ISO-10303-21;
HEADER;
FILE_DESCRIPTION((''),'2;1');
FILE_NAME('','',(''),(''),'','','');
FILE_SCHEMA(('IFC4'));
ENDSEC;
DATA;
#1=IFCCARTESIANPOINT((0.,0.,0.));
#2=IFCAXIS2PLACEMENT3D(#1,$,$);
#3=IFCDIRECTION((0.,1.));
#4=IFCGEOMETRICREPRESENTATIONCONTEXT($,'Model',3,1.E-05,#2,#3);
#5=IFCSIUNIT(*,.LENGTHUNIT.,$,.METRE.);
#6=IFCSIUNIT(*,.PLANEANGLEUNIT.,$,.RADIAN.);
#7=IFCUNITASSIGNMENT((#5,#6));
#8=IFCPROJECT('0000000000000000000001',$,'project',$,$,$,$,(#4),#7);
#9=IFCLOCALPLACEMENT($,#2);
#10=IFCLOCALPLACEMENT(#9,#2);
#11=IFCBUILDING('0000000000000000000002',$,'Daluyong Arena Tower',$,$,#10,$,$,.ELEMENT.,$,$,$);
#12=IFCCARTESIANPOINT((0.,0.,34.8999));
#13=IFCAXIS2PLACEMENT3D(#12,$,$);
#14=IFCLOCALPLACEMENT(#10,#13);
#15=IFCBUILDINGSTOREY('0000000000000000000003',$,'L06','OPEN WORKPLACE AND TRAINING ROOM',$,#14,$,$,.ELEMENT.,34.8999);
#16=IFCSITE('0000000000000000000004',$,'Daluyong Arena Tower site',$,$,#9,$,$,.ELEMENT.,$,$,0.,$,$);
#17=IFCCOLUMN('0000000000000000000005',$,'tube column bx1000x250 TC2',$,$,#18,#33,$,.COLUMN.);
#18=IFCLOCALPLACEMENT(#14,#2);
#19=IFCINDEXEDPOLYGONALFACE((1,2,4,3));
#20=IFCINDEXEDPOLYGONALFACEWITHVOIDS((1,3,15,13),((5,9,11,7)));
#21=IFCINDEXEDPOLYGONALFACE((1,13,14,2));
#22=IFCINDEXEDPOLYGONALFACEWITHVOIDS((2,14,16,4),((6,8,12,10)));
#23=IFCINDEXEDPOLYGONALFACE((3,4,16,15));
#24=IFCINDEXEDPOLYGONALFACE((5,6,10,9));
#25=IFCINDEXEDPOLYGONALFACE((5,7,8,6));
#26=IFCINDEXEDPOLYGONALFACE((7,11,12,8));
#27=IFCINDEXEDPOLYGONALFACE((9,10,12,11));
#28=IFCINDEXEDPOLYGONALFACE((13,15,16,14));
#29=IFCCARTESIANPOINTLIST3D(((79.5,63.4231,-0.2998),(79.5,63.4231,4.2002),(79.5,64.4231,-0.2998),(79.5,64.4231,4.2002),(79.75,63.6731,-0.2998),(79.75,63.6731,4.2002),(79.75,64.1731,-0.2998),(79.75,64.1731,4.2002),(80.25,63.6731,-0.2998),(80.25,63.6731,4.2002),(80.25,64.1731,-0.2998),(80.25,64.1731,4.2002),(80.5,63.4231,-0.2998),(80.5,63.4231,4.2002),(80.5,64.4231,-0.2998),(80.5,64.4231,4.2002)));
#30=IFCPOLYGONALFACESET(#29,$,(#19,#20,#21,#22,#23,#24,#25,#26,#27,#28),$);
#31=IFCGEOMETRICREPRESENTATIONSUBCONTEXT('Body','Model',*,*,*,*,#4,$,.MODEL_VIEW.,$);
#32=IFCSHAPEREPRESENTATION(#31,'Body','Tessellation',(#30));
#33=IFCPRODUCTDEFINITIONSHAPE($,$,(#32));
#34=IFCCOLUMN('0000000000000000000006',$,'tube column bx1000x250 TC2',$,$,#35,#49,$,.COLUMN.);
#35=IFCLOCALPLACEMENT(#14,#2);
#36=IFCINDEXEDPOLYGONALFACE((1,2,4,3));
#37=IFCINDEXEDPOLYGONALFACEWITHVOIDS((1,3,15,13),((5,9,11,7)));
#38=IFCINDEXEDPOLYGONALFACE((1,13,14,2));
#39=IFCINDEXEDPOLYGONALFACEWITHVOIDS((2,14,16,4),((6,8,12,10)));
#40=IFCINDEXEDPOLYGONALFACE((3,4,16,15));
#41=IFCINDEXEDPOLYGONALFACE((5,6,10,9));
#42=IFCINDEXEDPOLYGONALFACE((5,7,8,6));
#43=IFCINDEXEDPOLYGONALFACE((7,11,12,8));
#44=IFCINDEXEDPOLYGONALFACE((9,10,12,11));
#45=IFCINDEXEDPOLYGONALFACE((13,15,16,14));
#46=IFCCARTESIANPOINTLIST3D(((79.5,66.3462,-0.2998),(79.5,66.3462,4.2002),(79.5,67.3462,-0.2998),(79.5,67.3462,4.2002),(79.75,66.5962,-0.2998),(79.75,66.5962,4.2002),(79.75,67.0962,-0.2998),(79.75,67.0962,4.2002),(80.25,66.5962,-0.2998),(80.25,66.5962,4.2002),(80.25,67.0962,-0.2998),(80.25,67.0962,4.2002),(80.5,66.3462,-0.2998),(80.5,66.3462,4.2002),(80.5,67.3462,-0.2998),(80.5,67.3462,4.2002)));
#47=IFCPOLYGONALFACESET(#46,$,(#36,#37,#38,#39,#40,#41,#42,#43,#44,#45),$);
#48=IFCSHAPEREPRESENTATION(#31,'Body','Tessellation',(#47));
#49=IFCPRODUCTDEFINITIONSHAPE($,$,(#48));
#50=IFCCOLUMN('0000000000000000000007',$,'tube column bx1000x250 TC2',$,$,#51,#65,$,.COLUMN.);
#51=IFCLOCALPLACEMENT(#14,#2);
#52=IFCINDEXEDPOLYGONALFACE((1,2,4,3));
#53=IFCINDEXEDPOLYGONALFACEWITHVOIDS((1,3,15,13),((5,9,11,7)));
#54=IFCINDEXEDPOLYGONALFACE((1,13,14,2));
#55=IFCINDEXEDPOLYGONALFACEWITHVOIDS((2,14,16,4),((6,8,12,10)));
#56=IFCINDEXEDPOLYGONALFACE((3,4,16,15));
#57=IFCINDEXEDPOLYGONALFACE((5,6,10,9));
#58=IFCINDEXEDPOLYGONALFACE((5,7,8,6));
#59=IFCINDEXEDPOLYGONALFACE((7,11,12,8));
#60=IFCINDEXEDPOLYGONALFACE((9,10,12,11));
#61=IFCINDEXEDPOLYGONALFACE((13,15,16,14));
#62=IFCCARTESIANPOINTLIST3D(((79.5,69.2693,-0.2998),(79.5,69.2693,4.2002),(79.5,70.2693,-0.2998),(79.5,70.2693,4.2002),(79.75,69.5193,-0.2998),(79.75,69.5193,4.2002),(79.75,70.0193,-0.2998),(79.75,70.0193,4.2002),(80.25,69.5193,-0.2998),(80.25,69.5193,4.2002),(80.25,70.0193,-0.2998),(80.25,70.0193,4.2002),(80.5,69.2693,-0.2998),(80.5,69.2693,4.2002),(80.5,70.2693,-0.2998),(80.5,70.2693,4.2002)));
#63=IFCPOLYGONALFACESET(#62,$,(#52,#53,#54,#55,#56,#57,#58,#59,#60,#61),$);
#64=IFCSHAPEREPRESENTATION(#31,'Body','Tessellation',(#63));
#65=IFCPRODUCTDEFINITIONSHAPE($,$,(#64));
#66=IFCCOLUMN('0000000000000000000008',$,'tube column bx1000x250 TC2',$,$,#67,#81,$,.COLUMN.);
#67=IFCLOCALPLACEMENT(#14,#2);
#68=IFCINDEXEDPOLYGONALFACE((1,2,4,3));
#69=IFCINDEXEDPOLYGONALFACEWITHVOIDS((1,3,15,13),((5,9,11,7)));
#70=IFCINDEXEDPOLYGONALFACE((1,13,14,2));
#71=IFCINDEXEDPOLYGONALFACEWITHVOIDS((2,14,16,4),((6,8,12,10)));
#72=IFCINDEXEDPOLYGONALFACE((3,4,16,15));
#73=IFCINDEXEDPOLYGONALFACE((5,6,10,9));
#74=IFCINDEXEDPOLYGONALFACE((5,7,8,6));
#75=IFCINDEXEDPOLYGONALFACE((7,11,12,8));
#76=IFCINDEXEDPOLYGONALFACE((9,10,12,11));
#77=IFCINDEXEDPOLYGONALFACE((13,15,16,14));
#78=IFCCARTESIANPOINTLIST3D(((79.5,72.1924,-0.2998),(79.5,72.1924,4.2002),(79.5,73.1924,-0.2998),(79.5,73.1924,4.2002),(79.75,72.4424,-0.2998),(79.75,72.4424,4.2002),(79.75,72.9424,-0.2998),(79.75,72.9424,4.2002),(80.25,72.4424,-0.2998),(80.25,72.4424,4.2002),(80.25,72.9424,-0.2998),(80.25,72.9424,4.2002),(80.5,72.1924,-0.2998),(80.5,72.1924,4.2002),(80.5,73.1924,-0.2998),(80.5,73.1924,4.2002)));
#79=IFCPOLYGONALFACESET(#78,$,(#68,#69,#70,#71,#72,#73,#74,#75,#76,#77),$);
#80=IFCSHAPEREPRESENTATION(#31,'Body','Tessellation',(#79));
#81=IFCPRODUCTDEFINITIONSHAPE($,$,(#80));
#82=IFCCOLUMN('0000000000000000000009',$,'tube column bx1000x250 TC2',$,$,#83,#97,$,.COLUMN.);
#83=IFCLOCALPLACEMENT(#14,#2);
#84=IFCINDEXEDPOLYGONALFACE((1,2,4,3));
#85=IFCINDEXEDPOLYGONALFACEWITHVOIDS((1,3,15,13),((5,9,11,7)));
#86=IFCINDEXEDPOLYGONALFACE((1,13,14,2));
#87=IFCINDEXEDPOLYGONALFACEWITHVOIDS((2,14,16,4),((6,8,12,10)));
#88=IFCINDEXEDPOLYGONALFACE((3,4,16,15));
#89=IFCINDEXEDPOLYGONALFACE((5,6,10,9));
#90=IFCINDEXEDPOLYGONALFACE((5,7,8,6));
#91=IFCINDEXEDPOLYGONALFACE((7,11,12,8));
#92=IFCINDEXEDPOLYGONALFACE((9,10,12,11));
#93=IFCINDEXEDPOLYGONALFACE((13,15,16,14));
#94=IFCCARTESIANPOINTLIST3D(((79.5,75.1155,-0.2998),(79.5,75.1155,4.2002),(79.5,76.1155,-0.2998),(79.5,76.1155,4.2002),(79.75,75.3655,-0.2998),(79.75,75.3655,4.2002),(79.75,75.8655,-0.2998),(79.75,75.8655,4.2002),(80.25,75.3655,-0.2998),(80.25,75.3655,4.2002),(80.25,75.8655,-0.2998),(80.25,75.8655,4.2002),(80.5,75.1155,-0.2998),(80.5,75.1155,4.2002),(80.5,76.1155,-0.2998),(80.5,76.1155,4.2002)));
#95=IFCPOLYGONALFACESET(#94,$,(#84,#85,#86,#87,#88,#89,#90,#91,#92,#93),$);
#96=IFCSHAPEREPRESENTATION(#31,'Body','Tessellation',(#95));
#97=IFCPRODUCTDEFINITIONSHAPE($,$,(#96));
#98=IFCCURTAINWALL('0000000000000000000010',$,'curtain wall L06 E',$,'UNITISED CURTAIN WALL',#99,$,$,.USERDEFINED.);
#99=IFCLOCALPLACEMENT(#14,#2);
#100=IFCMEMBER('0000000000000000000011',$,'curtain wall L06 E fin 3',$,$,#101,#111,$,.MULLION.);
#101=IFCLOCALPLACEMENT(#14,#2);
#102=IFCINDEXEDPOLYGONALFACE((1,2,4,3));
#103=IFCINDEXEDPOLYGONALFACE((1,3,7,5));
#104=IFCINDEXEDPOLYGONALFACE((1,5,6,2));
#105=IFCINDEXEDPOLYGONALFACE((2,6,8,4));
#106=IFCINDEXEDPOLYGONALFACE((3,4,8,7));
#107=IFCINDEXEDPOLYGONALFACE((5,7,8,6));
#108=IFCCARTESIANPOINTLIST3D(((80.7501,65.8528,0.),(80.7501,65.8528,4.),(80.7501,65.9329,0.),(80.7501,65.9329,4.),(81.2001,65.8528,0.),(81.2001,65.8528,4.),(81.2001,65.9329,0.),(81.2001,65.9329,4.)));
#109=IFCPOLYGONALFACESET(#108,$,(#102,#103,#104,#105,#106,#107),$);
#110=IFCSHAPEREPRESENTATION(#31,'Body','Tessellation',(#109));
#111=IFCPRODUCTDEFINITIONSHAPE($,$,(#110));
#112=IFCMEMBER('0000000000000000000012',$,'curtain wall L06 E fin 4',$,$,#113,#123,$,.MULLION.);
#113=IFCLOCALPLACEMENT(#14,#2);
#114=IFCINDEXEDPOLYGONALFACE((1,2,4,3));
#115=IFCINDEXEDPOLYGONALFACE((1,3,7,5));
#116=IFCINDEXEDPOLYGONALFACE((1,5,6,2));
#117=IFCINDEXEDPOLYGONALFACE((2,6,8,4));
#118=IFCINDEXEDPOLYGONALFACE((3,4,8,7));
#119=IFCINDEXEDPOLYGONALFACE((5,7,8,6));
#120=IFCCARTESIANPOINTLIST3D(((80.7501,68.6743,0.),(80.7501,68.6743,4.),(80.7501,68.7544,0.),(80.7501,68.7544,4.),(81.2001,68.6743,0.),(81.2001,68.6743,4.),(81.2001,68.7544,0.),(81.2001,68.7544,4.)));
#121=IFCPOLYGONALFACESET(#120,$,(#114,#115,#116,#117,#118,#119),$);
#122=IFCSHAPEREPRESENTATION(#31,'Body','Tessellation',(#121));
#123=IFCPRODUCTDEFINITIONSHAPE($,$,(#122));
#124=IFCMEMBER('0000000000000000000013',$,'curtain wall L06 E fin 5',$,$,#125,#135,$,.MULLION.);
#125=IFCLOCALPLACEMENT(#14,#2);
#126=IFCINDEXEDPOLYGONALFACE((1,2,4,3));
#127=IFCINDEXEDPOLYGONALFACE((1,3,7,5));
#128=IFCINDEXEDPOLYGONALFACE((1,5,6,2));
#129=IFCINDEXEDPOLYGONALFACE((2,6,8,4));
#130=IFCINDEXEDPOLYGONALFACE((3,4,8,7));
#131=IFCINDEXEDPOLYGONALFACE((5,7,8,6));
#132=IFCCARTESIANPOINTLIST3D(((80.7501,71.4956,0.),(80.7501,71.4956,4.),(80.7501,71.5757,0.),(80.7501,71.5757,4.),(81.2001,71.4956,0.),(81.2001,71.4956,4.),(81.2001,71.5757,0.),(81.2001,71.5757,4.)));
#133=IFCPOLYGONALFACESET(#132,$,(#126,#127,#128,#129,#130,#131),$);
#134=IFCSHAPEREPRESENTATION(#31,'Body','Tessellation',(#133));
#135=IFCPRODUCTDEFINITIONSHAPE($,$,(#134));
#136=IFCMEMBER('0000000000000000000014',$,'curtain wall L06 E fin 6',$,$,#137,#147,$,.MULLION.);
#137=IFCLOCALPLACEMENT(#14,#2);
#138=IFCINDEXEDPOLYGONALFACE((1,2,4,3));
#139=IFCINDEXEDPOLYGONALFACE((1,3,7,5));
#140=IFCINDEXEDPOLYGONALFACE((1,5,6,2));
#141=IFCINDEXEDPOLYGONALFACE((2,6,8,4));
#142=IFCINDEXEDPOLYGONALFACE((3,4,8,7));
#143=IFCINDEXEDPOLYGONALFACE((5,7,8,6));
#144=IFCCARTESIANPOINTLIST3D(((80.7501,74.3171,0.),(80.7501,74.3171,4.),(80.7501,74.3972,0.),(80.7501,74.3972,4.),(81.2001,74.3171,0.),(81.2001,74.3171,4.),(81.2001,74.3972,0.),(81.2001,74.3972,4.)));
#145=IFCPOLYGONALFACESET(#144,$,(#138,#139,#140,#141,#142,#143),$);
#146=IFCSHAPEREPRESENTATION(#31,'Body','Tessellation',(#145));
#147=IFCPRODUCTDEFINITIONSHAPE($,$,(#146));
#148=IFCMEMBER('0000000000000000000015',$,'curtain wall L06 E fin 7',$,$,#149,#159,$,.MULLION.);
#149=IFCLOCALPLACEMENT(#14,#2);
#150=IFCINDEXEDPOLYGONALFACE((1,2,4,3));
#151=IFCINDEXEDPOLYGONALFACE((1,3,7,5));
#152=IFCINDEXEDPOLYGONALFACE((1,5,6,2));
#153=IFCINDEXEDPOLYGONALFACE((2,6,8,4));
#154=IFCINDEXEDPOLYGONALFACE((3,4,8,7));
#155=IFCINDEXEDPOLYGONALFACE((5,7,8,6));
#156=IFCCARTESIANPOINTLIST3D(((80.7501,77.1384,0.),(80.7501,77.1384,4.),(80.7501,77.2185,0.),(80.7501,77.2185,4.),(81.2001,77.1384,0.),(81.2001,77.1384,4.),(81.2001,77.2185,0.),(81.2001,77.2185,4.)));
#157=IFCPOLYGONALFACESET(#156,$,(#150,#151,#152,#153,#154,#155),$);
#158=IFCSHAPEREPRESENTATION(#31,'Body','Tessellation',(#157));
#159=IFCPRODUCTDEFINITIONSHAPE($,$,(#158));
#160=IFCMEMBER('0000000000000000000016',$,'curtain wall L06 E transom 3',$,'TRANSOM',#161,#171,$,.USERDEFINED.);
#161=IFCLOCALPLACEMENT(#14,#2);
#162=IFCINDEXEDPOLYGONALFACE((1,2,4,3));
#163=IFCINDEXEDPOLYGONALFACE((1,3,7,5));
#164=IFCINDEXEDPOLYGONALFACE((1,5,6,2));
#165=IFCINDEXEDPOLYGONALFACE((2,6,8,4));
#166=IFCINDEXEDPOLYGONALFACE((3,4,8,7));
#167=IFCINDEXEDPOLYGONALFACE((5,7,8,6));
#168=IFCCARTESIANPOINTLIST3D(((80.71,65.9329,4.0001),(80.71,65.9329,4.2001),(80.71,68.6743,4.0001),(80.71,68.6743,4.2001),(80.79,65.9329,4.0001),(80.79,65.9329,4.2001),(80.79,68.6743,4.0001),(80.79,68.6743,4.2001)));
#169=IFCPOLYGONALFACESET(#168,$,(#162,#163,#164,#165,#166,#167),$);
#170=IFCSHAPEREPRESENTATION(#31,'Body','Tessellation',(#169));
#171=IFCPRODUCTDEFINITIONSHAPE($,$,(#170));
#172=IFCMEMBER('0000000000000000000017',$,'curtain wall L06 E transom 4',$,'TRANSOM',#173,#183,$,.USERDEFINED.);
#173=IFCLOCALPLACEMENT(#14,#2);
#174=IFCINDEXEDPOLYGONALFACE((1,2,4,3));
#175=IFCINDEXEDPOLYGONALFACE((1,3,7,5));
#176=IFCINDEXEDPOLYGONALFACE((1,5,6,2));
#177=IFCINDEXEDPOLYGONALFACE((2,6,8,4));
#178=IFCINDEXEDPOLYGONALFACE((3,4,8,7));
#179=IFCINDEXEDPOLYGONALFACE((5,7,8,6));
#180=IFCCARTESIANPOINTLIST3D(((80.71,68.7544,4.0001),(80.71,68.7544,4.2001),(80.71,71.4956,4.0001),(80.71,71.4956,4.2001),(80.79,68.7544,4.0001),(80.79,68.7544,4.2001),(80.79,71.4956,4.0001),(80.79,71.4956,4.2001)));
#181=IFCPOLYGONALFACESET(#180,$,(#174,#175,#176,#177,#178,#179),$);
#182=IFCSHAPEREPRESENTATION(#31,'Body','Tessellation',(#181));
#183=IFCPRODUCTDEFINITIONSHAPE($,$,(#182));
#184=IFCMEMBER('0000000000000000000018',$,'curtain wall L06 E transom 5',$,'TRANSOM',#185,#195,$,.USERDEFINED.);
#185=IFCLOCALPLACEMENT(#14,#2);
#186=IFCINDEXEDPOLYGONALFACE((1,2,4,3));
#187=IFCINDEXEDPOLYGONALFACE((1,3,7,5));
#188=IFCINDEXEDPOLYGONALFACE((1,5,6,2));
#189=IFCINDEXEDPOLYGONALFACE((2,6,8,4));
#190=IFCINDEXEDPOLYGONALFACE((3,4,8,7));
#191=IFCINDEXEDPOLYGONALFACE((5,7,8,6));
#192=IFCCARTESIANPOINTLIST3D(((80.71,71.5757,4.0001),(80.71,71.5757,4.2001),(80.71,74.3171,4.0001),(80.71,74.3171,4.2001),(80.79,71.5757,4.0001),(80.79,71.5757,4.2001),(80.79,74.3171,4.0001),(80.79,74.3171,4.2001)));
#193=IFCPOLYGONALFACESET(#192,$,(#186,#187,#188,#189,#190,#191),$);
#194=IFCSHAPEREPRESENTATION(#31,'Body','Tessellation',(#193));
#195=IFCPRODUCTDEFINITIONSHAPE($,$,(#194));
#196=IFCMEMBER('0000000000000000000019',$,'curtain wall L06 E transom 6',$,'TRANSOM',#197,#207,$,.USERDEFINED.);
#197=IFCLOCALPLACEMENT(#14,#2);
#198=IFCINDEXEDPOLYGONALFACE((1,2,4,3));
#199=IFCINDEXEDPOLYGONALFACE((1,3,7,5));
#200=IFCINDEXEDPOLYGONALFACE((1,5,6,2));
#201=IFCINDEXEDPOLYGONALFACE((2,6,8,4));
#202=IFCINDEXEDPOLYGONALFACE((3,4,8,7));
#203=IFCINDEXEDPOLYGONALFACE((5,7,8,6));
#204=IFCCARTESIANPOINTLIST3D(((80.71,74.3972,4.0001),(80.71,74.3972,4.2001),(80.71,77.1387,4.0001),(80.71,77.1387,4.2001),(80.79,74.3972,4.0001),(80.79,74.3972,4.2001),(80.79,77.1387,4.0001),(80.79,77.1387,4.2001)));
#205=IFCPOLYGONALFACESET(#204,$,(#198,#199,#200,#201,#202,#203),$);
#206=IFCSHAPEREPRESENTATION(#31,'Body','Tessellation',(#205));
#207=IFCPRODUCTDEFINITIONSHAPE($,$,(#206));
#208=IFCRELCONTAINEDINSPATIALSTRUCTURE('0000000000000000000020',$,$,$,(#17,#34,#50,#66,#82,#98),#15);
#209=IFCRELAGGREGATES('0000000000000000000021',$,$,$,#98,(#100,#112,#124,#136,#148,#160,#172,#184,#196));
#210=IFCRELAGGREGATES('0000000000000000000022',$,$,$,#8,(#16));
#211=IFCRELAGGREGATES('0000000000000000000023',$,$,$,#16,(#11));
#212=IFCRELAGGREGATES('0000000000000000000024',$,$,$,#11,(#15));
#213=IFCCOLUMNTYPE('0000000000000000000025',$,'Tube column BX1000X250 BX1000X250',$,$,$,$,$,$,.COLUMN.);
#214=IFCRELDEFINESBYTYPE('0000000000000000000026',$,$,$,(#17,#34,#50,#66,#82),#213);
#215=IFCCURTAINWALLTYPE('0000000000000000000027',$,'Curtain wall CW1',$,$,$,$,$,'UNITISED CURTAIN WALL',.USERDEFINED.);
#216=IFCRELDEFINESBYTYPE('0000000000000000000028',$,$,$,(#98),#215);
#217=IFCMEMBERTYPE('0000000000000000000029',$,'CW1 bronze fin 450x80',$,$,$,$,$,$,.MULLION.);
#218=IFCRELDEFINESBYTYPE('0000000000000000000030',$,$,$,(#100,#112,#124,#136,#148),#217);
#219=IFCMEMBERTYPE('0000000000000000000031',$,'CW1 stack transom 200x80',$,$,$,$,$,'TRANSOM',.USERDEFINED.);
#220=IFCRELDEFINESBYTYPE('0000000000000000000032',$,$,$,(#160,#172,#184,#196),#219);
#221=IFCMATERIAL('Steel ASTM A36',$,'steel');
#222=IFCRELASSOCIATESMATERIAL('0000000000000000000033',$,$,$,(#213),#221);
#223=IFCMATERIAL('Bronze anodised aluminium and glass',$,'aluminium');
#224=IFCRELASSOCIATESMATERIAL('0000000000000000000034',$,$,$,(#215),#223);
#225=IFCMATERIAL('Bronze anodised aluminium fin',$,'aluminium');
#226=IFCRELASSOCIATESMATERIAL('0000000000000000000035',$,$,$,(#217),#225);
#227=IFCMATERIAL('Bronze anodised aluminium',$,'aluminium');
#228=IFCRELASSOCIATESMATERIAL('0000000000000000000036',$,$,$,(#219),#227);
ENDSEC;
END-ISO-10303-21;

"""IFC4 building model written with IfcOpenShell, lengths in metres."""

from ifc_helpers import new_model, si_unit, direction, frame, origin, origin_2d, place, context, subcontext, project, spatial, rectangle, hollow_rectangle, extrude, material, material_profile, profile_set, type_object, element, aggregate, save


model = new_model("IFC4")

# Units and contexts
model_context = context("Model", 3, precision=1e-05, world=origin(), true_north=direction((0.0, 1.0)))
body_context = subcontext(model_context, "Body", "Model", "MODEL_VIEW")
ifc_project = project(units=[si_unit("LENGTHUNIT", "METRE"), si_unit("PLANEANGLEUNIT", "RADIAN")], contexts=[model_context])

# Site, building, storey
site_placement = place(None, origin())
site = spatial("IfcSite", under=ifc_project, at=site_placement, Name="Daluyong Arena Tower site", CompositionType="ELEMENT", RefElevation=0.0)
building_placement = place(site_placement, origin())
building = spatial("IfcBuilding", under=site, at=building_placement, Name="Daluyong Arena Tower", CompositionType="ELEMENT")
storey_placement = place(building_placement, frame((0.0, 0.0, 34.8999)))
storey = spatial("IfcBuildingStorey", under=building, at=storey_placement, Name="L06", Description="OPEN WORKPLACE AND TRAINING ROOM", CompositionType="ELEMENT", Elevation=34.8999)

# Columns
ifc_material_1 = material(Name="Steel ASTM A36", Category="steel")
ifc_material_profile_1 = material_profile(ifc_material_1, hollow_rectangle(XDim=1.0, YDim=1.0, WallThickness=0.25, at=origin_2d()))
ifc_profile_set_1 = profile_set([ifc_material_profile_1], Name="Steel ASTM A36")
column_type = type_object("IfcColumnType", Name="Tube column BX1000X250 BX1000X250", PredefinedType="COLUMN", material=ifc_profile_set_1)
for number, where, z_axis, x_axis, name in (
    (1, (80.0, 63.9231, -0.2998), (0.0, 0.0, 1.0), (0.0, 1.0, 0.0), "tube column bx1000x250 TC2"),
    (2, (80.0, 66.8462, -0.2998), (0.0, 0.0, 1.0), (0.0, 1.0, 0.0), "tube column bx1000x250 TC2"),
    (3, (80.0, 69.7693, -0.2998), (0.0, 0.0, 1.0), (0.0, 1.0, 0.0), "tube column bx1000x250 TC2"),
    (4, (80.0, 72.6924, -0.2998), (0.0, 0.0, 1.0), (0.0, 1.0, 0.0), "tube column bx1000x250 TC2"),
    (5, (80.0, 75.6155, -0.2998), (0.0, 0.0, 1.0), (0.0, 1.0, 0.0), "tube column bx1000x250 TC2"),
):
    element("IfcColumn", number, at=place(storey_placement, frame(where, z_axis=z_axis, x_axis=x_axis)), inside=storey, type_object=column_type, Name=name, PredefinedType="COLUMN", context=body_context, shape_type="SweptSolid", body=[
        extrude(hollow_rectangle(XDim=1.0, YDim=1.0, WallThickness=0.25, at=origin_2d()), origin(), (0.0, 0.0, 1.0), 4.5),
    ])

# Curtain wall, members
ifc_material_2 = material(Name="Bronze anodised aluminium and glass", Category="aluminium")
curtain_wall_type = type_object("IfcCurtainWallType", Name="Curtain wall CW1", ElementType="UNITISED CURTAIN WALL", PredefinedType="USERDEFINED", material=ifc_material_2)
curtain_wall_placement = place(storey_placement, origin())
curtain_wall = element("IfcCurtainWall", 6, at=curtain_wall_placement, inside=storey, type_object=curtain_wall_type, Name="curtain wall L06 E", ObjectType="UNITISED CURTAIN WALL", PredefinedType="USERDEFINED")
ifc_material_3 = material(Name="Bronze anodised aluminium fin", Category="aluminium")
ifc_material_profile_2 = material_profile(ifc_material_3, rectangle(XDim=0.45, YDim=0.0801, at=origin_2d()))
ifc_profile_set_2 = profile_set([ifc_material_profile_2], Name="Bronze anodised aluminium fin")
member_type_1 = type_object("IfcMemberType", Name="CW1 bronze fin 450x80", PredefinedType="MULLION", material=ifc_profile_set_2)
member_1_placement = place(storey_placement, frame((80.9751, 65.8928, 0.0), z_axis=(0.0, 0.0, 1.0), x_axis=(-1.0, 0.0, 0.0)))
member_1 = element("IfcMember", 7, at=member_1_placement, type_object=member_type_1, Name="curtain wall L06 E fin 3", PredefinedType="MULLION", context=body_context, shape_type="SweptSolid", body=[
    extrude(rectangle(XDim=0.45, YDim=0.0801, at=origin_2d()), origin(), (0.0, 0.0, 1.0), 4.0),
])
member_2_placement = place(storey_placement, frame((80.9751, 68.7144, 0.0), z_axis=(0.0, 0.0, 1.0), x_axis=(-1.0, 0.0, 0.0)))
member_2 = element("IfcMember", 8, at=member_2_placement, type_object=member_type_1, Name="curtain wall L06 E fin 4", PredefinedType="MULLION", context=body_context, shape_type="SweptSolid", body=[
    extrude(rectangle(XDim=0.45, YDim=0.0801, at=origin_2d()), origin(), (0.0, 0.0, 1.0), 4.0),
])
member_3_placement = place(storey_placement, frame((80.9751, 71.5356, 0.0), z_axis=(0.0, 0.0, 1.0), x_axis=(-1.0, 0.0, 0.0)))
member_3 = element("IfcMember", 9, at=member_3_placement, type_object=member_type_1, Name="curtain wall L06 E fin 5", PredefinedType="MULLION", context=body_context, shape_type="SweptSolid", body=[
    extrude(rectangle(XDim=0.45, YDim=0.0801, at=origin_2d()), origin(), (0.0, 0.0, 1.0), 4.0),
])
member_4_placement = place(storey_placement, frame((80.9751, 74.3572, 0.0), z_axis=(0.0, 0.0, 1.0), x_axis=(-1.0, 0.0, 0.0)))
member_4 = element("IfcMember", 10, at=member_4_placement, type_object=member_type_1, Name="curtain wall L06 E fin 6", PredefinedType="MULLION", context=body_context, shape_type="SweptSolid", body=[
    extrude(rectangle(XDim=0.45, YDim=0.0801, at=origin_2d()), origin(), (0.0, 0.0, 1.0), 4.0),
])
member_5_placement = place(storey_placement, frame((80.9751, 77.1785, 0.0), z_axis=(0.0, 0.0, 1.0), x_axis=(-1.0, 0.0, 0.0)))
member_5 = element("IfcMember", 11, at=member_5_placement, type_object=member_type_1, Name="curtain wall L06 E fin 7", PredefinedType="MULLION", context=body_context, shape_type="SweptSolid", body=[
    extrude(rectangle(XDim=0.45, YDim=0.0801, at=origin_2d()), origin(), (0.0, 0.0, 1.0), 4.0),
])
ifc_material_4 = material(Name="Bronze anodised aluminium", Category="aluminium")
ifc_material_profile_3 = material_profile(ifc_material_4, rectangle(XDim=0.0801, YDim=0.2, at=origin_2d()))
ifc_profile_set_3 = profile_set([ifc_material_profile_3], Name="Bronze anodised aluminium")
member_type_2 = type_object("IfcMemberType", Name="CW1 stack transom 200x80", ElementType="TRANSOM", PredefinedType="USERDEFINED", material=ifc_profile_set_3)
member_6_placement = place(storey_placement, frame((80.75, 65.9329, 4.1001), z_axis=(0.0, 1.0, 0.0), x_axis=(-1.0, 0.0, 0.0)))
member_6 = element("IfcMember", 12, at=member_6_placement, type_object=member_type_2, Name="curtain wall L06 E transom 3", ObjectType="TRANSOM", PredefinedType="USERDEFINED", context=body_context, shape_type="SweptSolid", body=[
    extrude(rectangle(XDim=0.0801, YDim=0.2, at=origin_2d()), origin(), (0.0, 0.0, 1.0), 2.7415),
])
member_7_placement = place(storey_placement, frame((80.75, 68.7544, 4.1001), z_axis=(0.0, 1.0, 0.0), x_axis=(-1.0, 0.0, 0.0)))
member_7 = element("IfcMember", 13, at=member_7_placement, type_object=member_type_2, Name="curtain wall L06 E transom 4", ObjectType="TRANSOM", PredefinedType="USERDEFINED", context=body_context, shape_type="SweptSolid", body=[
    extrude(rectangle(XDim=0.0801, YDim=0.2, at=origin_2d()), origin(), (0.0, 0.0, 1.0), 2.7412),
])
member_8_placement = place(storey_placement, frame((80.75, 71.5757, 4.1001), z_axis=(0.0, 1.0, 0.0), x_axis=(-1.0, 0.0, 0.0)))
member_8 = element("IfcMember", 14, at=member_8_placement, type_object=member_type_2, Name="curtain wall L06 E transom 5", ObjectType="TRANSOM", PredefinedType="USERDEFINED", context=body_context, shape_type="SweptSolid", body=[
    extrude(rectangle(XDim=0.0801, YDim=0.2, at=origin_2d()), origin(), (0.0, 0.0, 1.0), 2.7415),
])
member_9_placement = place(storey_placement, frame((80.75, 74.3972, 4.1001), z_axis=(0.0, 1.0, 0.0), x_axis=(-1.0, 0.0, 0.0)))
member_9 = element("IfcMember", 15, at=member_9_placement, type_object=member_type_2, Name="curtain wall L06 E transom 6", ObjectType="TRANSOM", PredefinedType="USERDEFINED", context=body_context, shape_type="SweptSolid", body=[
    extrude(rectangle(XDim=0.0801, YDim=0.2, at=origin_2d()), origin(), (0.0, 0.0, 1.0), 2.7415),
])

aggregate(curtain_wall, [member_1, member_2, member_3, member_4, member_5, member_6, member_7, member_8, member_9])

save(model, "model.ifc")
